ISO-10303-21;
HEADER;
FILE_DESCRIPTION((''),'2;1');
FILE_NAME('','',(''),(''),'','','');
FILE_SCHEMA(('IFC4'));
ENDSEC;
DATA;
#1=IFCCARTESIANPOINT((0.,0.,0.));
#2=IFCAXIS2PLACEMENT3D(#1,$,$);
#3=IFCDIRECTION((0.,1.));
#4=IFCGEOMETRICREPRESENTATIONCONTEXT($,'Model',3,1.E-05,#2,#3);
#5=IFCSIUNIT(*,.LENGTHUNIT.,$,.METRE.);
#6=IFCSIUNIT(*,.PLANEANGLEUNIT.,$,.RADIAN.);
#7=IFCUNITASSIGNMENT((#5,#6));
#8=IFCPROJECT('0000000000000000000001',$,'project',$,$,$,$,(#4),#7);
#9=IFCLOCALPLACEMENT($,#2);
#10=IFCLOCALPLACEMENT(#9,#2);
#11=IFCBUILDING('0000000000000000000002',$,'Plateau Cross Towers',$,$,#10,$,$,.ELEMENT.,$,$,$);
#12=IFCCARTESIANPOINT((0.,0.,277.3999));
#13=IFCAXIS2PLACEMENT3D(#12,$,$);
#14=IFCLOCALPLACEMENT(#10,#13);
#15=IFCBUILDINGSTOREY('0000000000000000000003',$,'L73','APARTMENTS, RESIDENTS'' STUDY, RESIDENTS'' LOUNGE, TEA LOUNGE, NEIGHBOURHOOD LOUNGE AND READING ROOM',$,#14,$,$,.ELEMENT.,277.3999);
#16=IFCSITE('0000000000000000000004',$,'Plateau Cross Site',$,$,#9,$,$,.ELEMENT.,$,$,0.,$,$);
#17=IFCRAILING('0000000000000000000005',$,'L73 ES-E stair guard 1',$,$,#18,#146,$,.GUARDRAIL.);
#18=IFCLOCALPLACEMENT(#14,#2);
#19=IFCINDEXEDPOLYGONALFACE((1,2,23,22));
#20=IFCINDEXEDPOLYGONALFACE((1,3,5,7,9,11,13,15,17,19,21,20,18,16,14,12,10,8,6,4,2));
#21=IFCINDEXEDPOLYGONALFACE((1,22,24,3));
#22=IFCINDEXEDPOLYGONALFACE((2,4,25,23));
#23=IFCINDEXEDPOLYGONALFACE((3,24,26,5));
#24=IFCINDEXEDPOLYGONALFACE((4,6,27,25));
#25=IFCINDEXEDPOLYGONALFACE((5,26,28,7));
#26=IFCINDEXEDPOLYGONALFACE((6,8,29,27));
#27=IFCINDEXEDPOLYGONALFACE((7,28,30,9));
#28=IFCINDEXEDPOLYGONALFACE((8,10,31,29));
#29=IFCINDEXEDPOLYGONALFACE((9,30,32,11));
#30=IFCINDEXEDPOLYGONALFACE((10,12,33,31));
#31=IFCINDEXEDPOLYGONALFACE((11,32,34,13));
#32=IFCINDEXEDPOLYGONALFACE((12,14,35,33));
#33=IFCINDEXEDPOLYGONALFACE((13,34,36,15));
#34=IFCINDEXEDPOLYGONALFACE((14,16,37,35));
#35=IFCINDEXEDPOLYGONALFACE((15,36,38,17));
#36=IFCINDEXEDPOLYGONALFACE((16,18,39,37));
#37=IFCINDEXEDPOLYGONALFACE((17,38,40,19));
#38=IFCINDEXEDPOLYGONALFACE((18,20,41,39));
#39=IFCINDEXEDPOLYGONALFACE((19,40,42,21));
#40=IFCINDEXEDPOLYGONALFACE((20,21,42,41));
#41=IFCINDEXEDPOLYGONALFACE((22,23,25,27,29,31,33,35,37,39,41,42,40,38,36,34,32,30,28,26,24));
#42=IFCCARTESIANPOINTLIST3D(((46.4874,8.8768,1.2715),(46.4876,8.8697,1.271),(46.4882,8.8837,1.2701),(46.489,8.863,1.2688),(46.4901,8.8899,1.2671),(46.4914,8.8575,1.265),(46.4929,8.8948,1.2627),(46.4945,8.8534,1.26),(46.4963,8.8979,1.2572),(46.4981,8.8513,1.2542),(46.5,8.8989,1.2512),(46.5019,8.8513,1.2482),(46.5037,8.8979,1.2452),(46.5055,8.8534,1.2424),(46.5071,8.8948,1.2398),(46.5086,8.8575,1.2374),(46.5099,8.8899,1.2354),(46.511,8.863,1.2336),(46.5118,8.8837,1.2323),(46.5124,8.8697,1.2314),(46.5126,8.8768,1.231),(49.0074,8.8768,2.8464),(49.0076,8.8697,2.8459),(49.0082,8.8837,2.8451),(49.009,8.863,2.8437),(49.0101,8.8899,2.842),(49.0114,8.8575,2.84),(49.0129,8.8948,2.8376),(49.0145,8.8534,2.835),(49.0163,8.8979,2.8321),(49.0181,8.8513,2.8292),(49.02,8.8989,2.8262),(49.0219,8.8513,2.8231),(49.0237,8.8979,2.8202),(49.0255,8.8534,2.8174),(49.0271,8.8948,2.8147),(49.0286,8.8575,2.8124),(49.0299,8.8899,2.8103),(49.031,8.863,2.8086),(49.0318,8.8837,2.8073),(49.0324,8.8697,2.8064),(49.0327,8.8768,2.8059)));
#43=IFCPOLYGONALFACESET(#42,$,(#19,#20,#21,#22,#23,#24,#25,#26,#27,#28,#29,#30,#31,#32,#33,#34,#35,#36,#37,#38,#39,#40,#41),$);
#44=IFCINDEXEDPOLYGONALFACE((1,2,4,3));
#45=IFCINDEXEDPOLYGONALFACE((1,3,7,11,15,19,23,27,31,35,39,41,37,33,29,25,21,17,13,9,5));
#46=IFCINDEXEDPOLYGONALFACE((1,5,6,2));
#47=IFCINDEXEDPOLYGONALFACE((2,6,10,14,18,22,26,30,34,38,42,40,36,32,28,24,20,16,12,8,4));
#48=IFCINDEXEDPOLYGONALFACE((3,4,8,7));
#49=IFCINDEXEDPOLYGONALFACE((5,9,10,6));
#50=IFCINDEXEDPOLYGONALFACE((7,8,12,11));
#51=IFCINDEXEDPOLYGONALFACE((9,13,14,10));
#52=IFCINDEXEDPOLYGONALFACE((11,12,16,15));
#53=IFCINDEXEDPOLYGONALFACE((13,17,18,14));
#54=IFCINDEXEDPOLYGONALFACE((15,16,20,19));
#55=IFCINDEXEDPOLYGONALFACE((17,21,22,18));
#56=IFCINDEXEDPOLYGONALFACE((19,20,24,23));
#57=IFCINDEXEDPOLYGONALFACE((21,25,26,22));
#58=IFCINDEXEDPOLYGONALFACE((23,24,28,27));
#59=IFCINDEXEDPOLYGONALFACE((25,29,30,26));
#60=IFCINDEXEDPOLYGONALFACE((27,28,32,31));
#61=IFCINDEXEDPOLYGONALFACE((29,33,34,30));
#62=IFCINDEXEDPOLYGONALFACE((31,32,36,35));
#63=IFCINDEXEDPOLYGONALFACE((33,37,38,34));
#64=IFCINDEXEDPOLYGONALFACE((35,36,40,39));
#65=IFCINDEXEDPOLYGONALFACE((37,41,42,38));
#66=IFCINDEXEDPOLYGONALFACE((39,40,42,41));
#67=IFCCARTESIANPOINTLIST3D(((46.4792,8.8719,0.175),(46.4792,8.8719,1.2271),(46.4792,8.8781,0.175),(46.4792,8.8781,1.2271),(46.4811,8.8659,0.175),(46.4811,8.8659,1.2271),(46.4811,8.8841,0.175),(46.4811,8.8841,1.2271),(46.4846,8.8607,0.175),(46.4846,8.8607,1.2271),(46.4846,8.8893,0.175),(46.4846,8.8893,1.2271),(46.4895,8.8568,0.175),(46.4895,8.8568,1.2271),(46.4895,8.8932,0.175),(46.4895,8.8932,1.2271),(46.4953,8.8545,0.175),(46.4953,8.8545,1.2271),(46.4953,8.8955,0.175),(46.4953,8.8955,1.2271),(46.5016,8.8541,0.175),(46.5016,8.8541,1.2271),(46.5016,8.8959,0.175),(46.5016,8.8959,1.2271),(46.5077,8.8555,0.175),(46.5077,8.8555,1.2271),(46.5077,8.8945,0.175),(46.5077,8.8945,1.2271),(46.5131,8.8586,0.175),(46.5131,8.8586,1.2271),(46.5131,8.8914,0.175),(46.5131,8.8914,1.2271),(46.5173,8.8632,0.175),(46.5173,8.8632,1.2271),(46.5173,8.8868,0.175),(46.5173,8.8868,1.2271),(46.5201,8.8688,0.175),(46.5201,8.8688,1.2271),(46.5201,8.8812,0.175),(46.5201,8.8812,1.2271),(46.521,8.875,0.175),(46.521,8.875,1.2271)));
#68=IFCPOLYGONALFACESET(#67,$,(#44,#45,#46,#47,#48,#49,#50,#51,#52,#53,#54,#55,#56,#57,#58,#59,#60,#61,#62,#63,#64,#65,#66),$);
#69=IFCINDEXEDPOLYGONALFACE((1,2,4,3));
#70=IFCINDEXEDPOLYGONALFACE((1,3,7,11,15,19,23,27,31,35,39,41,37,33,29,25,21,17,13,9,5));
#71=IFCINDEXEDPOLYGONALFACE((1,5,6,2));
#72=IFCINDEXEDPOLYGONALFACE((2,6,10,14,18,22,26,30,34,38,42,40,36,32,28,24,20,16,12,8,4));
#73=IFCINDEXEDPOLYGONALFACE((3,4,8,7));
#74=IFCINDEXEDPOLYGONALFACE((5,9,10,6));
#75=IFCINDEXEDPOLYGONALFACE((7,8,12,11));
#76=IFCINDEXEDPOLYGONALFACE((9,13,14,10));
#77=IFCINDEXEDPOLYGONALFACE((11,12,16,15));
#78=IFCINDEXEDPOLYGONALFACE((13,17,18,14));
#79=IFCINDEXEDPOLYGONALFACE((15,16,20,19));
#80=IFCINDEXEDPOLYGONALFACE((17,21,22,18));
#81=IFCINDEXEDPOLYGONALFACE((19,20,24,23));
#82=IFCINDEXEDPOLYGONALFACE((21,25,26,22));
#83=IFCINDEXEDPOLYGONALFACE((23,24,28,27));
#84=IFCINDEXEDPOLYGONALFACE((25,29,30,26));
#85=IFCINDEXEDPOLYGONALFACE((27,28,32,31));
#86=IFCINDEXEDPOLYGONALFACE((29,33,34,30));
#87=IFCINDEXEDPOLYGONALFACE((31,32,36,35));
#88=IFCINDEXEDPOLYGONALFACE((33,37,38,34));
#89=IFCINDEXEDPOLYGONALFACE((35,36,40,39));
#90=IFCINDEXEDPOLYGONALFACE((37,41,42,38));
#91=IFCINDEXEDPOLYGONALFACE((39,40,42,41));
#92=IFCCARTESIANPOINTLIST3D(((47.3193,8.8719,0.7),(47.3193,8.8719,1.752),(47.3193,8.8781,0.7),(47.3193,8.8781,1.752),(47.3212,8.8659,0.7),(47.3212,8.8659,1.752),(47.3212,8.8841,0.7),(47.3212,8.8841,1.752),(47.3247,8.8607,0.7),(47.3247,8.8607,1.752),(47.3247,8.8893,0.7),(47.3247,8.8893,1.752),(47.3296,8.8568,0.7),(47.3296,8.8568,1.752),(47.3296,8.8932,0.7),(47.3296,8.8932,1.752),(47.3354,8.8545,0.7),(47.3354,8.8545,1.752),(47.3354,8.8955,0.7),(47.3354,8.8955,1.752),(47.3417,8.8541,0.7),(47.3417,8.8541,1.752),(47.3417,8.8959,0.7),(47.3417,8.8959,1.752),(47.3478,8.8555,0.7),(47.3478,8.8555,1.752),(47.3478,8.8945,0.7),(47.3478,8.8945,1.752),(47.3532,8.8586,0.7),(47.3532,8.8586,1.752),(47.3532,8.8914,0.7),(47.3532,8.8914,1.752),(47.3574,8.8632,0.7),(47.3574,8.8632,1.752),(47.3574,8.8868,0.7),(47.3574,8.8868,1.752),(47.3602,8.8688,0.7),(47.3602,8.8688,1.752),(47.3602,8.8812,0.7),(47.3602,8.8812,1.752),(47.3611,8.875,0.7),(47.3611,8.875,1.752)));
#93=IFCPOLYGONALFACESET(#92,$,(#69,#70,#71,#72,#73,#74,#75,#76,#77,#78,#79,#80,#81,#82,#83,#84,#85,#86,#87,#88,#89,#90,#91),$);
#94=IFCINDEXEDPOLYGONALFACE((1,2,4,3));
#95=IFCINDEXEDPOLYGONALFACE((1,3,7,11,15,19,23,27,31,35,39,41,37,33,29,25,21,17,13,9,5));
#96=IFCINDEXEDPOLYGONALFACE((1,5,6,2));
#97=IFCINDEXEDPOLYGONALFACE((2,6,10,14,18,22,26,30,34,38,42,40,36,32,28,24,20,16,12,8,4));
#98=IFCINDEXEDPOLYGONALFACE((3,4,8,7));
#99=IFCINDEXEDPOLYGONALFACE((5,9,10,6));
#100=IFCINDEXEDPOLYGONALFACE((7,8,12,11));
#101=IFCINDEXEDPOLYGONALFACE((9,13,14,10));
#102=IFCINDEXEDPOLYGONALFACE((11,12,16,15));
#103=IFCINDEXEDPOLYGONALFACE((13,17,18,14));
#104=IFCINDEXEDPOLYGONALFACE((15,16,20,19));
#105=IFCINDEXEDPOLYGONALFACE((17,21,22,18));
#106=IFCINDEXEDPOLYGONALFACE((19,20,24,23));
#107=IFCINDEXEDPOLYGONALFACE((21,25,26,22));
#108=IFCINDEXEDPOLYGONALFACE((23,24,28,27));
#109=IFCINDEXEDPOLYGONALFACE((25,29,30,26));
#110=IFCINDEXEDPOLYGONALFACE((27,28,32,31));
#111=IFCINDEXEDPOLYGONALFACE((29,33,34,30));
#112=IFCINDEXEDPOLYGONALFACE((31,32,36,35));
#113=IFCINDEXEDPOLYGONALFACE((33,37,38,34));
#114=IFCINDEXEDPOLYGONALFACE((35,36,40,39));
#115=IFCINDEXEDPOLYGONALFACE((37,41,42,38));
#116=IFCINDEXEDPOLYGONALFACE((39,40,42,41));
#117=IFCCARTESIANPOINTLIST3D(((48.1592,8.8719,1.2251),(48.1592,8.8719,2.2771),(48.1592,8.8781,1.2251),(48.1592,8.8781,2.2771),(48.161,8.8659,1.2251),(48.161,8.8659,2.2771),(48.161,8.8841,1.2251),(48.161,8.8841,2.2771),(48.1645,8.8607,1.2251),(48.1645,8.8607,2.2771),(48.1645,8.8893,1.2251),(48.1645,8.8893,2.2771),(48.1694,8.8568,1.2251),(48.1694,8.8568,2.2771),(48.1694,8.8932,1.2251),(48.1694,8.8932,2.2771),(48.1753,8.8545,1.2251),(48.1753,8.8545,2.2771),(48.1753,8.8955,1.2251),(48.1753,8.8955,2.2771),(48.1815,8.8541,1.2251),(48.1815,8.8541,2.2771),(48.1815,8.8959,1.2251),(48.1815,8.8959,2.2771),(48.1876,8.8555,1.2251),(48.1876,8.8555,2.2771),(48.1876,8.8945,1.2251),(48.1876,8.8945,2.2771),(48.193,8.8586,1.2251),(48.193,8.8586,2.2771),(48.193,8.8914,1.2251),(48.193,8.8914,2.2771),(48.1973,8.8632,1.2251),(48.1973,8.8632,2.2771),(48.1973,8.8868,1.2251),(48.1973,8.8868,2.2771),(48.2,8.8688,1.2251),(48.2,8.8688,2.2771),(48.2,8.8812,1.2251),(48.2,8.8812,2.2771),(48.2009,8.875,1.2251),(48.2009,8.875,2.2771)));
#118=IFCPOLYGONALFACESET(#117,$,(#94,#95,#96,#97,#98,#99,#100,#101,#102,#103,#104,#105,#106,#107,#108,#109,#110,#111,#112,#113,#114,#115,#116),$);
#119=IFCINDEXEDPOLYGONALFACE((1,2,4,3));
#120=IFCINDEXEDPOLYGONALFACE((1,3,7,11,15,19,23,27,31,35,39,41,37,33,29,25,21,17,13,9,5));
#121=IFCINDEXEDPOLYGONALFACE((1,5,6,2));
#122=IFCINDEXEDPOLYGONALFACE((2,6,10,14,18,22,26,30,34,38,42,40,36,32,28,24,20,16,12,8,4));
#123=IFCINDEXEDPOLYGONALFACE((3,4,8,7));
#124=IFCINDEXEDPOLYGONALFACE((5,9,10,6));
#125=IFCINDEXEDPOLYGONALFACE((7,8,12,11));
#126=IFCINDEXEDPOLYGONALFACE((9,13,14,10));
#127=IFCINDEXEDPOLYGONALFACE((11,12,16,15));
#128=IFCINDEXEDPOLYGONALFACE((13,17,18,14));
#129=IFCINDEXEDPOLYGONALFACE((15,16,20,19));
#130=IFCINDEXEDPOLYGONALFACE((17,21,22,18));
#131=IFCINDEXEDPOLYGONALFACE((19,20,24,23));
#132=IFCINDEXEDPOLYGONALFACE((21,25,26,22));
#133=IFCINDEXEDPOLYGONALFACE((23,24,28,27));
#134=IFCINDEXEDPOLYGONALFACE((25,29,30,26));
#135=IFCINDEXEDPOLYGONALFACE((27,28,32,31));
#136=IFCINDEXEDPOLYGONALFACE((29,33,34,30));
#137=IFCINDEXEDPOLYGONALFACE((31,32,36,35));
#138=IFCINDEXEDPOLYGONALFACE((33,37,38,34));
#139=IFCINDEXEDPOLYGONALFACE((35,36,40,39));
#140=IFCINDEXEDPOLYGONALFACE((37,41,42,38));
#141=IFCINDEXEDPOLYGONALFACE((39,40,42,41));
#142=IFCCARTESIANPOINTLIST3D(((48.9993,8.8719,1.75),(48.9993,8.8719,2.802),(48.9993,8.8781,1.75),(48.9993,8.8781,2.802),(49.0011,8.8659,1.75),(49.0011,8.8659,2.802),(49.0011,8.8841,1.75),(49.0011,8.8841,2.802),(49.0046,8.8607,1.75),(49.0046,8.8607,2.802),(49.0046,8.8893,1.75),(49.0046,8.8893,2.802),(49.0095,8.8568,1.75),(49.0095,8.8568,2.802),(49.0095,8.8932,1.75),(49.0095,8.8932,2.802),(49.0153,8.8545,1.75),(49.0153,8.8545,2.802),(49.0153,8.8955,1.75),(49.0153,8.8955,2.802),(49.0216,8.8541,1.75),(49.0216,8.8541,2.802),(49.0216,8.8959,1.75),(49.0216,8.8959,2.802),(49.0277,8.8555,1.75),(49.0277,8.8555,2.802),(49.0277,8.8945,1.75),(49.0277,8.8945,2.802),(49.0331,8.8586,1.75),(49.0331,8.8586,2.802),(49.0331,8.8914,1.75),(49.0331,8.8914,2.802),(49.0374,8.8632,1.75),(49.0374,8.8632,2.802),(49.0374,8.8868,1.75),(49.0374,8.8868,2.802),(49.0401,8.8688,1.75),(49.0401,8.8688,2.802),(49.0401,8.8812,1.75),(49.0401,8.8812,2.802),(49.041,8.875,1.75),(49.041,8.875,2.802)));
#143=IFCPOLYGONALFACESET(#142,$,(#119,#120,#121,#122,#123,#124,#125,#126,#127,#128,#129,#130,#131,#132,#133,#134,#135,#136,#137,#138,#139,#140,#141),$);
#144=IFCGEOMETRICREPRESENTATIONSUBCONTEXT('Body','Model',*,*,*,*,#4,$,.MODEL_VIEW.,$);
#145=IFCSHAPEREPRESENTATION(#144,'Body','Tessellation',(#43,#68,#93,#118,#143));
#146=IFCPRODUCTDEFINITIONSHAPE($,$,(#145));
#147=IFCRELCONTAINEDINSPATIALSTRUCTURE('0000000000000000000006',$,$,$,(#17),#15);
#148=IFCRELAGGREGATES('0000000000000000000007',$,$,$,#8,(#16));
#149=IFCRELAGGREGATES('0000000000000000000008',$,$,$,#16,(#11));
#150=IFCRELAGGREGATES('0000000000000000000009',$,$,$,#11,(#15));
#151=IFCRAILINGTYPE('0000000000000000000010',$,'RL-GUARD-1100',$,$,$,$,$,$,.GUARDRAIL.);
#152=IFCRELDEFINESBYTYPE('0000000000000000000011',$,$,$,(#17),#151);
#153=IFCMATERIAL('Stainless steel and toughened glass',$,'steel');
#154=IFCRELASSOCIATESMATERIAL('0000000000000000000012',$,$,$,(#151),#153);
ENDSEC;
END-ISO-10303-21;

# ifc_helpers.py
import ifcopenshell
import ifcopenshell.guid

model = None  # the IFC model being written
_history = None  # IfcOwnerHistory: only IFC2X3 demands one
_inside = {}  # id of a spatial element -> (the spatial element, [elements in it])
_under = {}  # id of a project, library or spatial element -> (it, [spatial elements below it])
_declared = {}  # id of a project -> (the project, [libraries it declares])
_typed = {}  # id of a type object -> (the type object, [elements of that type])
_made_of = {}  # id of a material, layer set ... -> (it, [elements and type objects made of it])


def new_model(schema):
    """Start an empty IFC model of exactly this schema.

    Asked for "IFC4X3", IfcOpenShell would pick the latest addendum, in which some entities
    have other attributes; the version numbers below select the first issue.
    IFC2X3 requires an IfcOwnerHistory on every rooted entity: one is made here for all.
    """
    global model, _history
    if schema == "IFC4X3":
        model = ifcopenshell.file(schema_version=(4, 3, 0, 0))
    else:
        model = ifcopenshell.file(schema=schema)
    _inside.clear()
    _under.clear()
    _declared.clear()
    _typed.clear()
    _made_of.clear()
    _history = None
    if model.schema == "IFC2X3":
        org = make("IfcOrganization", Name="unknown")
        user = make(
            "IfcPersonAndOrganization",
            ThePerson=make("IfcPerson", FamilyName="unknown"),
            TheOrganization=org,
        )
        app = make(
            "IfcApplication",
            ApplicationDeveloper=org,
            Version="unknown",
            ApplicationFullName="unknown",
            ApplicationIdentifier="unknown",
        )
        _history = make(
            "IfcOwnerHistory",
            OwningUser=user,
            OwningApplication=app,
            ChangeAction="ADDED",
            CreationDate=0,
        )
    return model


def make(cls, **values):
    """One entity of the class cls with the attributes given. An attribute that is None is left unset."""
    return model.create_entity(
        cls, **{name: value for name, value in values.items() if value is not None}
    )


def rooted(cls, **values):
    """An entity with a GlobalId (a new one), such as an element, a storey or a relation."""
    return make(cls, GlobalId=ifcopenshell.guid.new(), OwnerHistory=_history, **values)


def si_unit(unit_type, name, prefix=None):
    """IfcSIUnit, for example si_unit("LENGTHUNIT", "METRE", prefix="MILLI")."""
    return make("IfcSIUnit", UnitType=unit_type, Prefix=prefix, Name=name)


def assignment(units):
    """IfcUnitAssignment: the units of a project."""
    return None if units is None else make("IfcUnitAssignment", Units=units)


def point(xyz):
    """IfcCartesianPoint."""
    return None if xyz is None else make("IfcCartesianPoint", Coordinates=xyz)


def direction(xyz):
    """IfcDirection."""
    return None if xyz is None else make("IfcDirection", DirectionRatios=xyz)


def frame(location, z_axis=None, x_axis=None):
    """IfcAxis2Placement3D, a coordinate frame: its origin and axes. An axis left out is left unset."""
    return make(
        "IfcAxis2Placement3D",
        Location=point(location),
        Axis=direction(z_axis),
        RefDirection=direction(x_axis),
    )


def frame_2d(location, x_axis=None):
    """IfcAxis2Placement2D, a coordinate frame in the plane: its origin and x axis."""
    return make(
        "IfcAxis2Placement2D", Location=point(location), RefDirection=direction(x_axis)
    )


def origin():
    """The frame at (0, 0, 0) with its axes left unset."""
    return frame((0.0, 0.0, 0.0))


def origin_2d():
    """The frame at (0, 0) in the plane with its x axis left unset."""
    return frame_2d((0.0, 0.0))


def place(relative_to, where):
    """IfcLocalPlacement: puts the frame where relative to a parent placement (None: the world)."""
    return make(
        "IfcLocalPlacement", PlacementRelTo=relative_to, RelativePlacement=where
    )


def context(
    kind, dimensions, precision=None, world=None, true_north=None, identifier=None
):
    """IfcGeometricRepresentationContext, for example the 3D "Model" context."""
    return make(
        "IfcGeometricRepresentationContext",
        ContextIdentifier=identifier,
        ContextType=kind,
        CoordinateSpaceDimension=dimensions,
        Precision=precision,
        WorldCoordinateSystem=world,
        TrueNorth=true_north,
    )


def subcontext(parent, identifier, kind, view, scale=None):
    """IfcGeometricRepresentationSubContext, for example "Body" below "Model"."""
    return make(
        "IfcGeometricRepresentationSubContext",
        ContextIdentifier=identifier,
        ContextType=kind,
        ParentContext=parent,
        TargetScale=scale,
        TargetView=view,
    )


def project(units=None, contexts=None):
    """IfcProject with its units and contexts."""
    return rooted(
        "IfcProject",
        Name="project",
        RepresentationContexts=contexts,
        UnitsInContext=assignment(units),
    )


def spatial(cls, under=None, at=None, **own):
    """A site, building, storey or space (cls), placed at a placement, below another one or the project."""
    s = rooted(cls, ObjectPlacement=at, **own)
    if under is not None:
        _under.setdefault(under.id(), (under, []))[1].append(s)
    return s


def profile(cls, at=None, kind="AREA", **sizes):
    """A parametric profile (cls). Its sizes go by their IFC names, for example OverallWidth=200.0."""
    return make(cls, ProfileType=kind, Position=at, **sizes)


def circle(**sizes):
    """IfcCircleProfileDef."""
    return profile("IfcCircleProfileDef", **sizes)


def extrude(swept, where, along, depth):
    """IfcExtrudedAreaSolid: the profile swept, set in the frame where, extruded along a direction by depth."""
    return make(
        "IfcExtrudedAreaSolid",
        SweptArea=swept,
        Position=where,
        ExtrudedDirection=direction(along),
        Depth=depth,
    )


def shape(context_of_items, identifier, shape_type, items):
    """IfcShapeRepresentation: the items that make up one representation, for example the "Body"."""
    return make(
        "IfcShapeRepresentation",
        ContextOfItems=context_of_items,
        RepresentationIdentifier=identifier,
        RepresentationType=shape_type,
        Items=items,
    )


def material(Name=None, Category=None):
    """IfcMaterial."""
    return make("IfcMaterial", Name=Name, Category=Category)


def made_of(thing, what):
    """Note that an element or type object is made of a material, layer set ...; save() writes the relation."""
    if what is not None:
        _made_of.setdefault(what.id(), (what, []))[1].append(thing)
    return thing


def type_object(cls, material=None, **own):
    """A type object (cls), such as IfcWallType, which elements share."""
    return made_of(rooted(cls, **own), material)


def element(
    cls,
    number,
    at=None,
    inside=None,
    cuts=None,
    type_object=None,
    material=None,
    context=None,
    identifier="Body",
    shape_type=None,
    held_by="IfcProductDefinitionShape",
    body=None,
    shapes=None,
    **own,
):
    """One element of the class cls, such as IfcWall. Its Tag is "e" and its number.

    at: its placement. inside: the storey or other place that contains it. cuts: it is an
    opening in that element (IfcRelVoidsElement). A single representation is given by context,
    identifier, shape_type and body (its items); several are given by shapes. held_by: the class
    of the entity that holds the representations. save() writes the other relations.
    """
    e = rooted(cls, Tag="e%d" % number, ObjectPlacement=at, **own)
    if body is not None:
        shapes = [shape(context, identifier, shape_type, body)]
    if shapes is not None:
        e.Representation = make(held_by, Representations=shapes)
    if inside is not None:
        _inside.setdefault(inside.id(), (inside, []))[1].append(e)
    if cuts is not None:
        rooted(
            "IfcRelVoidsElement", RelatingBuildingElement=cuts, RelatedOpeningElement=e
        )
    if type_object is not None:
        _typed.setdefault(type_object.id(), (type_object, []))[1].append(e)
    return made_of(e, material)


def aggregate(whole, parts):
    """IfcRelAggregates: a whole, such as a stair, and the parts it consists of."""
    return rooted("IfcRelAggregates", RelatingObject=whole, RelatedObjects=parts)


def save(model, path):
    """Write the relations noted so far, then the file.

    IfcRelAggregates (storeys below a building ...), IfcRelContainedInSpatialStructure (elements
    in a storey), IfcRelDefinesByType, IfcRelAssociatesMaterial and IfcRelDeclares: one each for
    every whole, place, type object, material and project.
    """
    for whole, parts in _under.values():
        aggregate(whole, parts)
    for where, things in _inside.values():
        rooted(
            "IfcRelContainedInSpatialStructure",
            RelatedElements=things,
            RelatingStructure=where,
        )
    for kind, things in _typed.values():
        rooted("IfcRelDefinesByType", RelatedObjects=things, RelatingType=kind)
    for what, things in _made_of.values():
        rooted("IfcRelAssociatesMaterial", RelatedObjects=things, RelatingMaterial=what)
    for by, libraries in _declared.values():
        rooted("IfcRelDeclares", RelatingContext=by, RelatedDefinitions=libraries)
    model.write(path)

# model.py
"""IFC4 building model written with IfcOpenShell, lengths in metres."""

from ifc_helpers import new_model, si_unit, direction, frame, origin, origin_2d, place, context, subcontext, project, spatial, circle, extrude, material, type_object, element, save


model = new_model("IFC4")

# Units and contexts
model_context = context("Model", 3, precision=1e-05, world=origin(), true_north=direction((0.0, 1.0)))
body_context = subcontext(model_context, "Body", "Model", "MODEL_VIEW")
ifc_project = project(units=[si_unit("LENGTHUNIT", "METRE"), si_unit("PLANEANGLEUNIT", "RADIAN")], contexts=[model_context])

# Site, building, storey
site_placement = place(None, origin())
site = spatial("IfcSite", under=ifc_project, at=site_placement, Name="Plateau Cross Site", CompositionType="ELEMENT", RefElevation=0.0)
building_placement = place(site_placement, origin())
building = spatial("IfcBuilding", under=site, at=building_placement, Name="Plateau Cross Towers", CompositionType="ELEMENT")
storey_placement = place(building_placement, frame((0.0, 0.0, 277.3999)))
storey = spatial("IfcBuildingStorey", under=building, at=storey_placement, Name="L73", Description="APARTMENTS, RESIDENTS' STUDY, RESIDENTS' LOUNGE, TEA LOUNGE, NEIGHBOURHOOD LOUNGE AND READING ROOM", CompositionType="ELEMENT", Elevation=277.3999)

# Railing
ifc_material_1 = material(Name="Stainless steel and toughened glass", Category="steel")
railing_type_1 = type_object("IfcRailingType", Name="RL-GUARD-1100", PredefinedType="GUARDRAIL", material=ifc_material_1)
railing_1_placement = place(storey_placement, frame((46.5, 8.875, 0.175)))
element("IfcRailing", 1, at=railing_1_placement, inside=storey, type_object=railing_type_1, Name="L73 ES-E stair guard 1", PredefinedType="GUARDRAIL", context=body_context, shape_type="SweptSolid", body=[
    extrude(circle(Radius=0.0239, at=origin_2d()), frame((0.0, 0.0, 1.0762), z_axis=(0.848008, 0.0, 0.529984), x_axis=(0.0, 1.0, 0.0)), (0.0, 0.0, 1.0), 2.9717),
    extrude(circle(Radius=0.021, at=origin_2d()), origin(), (0.0, 0.0, 1.0), 1.052),
    extrude(circle(Radius=0.021, at=origin_2d()), frame((0.8401, 0.0, 0.5249)), (0.0, 0.0, 1.0), 1.052),
    extrude(circle(Radius=0.021, at=origin_2d()), frame((1.6799, 0.0, 1.05)), (0.0, 0.0, 1.0), 1.052),
    extrude(circle(Radius=0.021, at=origin_2d()), frame((2.52, 0.0, 1.575)), (0.0, 0.0, 1.0), 1.052),
])

save(model, "model.ifc")
